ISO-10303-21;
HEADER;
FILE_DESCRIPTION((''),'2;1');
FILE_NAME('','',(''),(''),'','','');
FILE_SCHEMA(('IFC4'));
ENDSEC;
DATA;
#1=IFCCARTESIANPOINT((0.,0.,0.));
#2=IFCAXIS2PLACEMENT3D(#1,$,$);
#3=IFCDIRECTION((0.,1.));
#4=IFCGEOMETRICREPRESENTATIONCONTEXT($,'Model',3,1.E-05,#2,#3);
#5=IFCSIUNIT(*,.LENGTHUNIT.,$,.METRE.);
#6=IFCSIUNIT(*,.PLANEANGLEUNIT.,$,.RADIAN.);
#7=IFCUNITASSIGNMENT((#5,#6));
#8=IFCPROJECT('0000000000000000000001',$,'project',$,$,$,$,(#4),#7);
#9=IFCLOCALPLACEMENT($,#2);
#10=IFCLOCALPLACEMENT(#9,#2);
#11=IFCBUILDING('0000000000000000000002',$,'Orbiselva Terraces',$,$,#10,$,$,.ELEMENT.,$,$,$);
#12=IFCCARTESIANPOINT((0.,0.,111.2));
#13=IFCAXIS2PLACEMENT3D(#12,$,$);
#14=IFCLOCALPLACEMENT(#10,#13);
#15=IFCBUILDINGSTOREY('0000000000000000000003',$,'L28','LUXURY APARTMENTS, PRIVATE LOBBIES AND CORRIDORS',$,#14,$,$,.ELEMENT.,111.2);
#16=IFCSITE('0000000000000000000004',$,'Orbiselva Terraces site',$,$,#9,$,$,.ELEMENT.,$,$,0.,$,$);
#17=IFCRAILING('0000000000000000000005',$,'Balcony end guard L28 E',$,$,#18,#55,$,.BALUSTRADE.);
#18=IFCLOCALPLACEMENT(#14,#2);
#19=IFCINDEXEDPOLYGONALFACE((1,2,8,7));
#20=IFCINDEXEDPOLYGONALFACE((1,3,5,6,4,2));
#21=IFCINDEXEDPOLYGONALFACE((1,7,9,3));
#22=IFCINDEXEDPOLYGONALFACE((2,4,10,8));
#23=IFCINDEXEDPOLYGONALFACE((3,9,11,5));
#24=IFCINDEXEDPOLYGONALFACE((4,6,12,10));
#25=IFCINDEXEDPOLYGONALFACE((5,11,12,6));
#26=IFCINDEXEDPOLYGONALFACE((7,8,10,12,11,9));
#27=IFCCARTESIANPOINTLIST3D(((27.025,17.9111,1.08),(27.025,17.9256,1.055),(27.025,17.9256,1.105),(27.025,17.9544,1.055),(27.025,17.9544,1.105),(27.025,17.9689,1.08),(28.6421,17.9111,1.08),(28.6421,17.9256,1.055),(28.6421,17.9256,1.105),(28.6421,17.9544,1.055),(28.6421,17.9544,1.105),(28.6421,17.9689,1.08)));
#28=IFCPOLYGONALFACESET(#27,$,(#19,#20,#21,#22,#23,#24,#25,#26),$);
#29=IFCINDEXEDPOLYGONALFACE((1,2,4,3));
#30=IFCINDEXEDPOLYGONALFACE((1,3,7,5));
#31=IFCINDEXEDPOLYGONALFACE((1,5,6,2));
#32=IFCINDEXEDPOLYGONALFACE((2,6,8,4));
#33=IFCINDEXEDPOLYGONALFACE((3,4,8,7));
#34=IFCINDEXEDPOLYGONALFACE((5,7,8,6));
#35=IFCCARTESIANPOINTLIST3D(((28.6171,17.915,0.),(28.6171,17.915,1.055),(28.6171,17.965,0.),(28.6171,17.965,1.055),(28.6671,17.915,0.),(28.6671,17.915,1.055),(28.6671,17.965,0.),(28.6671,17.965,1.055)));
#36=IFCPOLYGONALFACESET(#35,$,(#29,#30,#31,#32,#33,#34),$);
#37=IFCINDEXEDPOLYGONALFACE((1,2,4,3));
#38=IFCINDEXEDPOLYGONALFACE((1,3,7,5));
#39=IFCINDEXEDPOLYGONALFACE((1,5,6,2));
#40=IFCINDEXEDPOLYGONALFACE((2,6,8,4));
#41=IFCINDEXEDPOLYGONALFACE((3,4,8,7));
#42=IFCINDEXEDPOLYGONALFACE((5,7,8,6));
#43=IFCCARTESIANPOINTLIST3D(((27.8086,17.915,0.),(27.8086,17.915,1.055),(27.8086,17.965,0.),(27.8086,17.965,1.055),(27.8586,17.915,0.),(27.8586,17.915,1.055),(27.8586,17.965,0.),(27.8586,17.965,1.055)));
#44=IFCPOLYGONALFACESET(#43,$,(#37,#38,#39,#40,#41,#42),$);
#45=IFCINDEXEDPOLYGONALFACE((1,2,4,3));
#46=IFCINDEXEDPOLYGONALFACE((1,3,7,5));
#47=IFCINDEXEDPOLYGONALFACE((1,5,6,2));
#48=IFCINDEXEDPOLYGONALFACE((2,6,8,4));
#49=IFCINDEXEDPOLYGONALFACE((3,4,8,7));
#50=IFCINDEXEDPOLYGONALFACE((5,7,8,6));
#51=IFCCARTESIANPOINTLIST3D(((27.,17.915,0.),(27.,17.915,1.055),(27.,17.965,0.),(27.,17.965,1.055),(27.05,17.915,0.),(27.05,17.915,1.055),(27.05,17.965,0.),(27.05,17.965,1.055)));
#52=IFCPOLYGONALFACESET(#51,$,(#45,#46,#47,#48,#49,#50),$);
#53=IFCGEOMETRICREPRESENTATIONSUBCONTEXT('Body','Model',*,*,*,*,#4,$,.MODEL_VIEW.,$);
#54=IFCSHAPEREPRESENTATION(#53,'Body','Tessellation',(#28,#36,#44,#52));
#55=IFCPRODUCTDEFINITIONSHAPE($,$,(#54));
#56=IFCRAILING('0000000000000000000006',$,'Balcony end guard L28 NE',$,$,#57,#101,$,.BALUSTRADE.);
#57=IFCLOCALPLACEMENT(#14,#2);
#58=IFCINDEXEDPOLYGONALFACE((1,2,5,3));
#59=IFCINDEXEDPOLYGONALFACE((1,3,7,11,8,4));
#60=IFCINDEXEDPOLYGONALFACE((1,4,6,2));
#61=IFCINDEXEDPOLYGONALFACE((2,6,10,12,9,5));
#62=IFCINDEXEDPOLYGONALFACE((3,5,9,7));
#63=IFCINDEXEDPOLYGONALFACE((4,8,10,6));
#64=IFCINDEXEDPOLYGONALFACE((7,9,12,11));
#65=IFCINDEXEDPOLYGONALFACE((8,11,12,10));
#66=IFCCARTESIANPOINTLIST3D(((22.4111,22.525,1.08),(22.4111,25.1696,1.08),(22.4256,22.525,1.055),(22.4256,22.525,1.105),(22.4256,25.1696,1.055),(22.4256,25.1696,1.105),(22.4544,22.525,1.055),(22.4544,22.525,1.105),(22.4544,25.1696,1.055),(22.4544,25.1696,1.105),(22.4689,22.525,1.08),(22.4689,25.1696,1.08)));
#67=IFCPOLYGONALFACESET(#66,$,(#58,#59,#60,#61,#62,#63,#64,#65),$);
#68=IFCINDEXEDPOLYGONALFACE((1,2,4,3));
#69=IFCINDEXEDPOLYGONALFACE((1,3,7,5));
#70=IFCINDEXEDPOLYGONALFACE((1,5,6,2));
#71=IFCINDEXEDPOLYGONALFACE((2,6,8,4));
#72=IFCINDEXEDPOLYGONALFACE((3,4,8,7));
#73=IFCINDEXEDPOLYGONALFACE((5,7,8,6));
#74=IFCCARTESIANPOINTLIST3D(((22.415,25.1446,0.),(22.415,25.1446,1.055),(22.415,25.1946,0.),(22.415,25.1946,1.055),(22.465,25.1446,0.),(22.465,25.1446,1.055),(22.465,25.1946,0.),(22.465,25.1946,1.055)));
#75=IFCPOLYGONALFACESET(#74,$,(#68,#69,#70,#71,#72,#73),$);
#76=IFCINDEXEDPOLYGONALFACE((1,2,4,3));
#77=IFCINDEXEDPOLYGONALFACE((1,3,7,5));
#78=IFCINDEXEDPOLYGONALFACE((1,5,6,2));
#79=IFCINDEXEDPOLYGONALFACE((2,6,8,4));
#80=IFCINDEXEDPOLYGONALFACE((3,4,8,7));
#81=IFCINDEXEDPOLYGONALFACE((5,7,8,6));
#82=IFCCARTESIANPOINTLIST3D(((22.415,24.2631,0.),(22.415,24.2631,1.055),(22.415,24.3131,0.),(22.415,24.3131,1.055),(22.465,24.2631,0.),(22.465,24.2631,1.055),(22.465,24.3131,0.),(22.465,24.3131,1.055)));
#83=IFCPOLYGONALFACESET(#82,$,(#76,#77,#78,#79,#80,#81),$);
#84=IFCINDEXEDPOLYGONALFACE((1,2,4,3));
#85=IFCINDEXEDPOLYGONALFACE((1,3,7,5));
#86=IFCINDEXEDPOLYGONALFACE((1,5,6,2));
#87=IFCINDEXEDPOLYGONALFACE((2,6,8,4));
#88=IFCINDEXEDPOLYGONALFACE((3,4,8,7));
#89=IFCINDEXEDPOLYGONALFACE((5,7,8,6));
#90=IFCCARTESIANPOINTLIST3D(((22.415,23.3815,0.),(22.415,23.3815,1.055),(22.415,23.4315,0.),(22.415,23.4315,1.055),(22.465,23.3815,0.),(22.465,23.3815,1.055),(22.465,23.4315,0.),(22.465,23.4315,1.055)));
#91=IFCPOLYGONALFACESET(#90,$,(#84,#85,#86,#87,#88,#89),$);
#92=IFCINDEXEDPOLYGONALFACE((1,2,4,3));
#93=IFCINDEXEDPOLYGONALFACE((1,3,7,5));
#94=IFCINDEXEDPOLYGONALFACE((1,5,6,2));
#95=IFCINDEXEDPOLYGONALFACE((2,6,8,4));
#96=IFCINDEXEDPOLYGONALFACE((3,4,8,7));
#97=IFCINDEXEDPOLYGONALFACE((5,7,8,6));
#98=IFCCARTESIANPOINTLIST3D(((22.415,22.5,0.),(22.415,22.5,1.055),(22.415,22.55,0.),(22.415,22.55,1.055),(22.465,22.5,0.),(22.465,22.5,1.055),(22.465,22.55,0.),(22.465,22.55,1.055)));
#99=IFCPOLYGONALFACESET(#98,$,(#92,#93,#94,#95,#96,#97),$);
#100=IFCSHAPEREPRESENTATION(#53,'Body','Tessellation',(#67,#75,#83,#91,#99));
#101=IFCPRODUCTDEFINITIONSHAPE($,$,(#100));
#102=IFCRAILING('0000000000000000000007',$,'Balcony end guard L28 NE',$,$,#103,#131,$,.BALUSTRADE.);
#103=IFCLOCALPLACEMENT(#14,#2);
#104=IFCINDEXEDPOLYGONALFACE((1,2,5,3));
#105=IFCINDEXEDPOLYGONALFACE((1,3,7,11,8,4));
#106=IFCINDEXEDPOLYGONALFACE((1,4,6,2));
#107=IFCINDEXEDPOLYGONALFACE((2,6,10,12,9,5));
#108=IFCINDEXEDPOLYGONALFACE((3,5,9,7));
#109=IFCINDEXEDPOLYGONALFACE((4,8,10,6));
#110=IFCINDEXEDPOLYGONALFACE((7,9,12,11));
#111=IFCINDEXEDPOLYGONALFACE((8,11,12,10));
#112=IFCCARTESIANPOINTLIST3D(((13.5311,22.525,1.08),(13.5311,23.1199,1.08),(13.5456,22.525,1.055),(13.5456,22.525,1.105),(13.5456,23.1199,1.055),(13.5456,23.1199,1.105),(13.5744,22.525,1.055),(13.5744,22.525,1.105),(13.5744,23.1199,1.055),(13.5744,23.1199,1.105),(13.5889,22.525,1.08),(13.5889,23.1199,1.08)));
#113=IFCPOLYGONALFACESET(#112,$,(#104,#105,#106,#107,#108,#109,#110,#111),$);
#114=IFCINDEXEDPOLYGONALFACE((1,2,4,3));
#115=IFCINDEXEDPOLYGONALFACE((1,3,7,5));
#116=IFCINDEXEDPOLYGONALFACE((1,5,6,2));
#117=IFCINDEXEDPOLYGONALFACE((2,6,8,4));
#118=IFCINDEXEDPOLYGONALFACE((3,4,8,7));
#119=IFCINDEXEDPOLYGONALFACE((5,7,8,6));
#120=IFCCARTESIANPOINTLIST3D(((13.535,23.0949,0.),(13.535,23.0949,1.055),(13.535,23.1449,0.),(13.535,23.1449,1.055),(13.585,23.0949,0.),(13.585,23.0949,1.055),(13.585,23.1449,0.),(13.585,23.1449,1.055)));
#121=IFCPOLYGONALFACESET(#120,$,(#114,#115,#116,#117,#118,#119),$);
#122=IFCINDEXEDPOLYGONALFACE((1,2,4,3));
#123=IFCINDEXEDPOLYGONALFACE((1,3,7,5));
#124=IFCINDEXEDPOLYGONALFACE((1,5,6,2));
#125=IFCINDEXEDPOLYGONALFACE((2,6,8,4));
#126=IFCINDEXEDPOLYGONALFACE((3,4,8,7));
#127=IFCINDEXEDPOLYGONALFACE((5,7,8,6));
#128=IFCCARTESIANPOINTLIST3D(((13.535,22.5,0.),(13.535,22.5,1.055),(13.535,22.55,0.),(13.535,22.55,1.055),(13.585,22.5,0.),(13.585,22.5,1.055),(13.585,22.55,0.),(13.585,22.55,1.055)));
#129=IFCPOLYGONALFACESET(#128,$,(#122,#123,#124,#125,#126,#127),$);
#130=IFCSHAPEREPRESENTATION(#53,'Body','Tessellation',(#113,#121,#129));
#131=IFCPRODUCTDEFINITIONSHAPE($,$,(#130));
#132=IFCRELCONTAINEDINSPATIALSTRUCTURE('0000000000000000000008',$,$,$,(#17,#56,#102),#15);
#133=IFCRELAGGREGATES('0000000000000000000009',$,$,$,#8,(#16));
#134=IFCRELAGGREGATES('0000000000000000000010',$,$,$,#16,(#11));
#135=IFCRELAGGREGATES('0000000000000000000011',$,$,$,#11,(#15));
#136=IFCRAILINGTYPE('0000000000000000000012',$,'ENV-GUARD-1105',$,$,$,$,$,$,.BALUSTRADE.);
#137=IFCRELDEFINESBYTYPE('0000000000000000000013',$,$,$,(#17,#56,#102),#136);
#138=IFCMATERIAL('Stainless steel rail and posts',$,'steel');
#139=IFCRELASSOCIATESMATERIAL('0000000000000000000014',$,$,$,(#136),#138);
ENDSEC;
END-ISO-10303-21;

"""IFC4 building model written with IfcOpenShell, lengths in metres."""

from ifc_helpers import new_model, si_unit, direction, frame, origin, origin_2d, place, context, subcontext, project, spatial, polyline, rectangle, outline, extrude, material, type_object, element, save


model = new_model("IFC4")

# Units and contexts
model_context = context("Model", 3, precision=1e-05, world=origin(), true_north=direction((0.0, 1.0)))
body_context = subcontext(model_context, "Body", "Model", "MODEL_VIEW")
ifc_project = project(units=[si_unit("LENGTHUNIT", "METRE"), si_unit("PLANEANGLEUNIT", "RADIAN")], contexts=[model_context])

# Site, building, storey
site_placement = place(None, origin())
site = spatial("IfcSite", under=ifc_project, at=site_placement, Name="Orbiselva Terraces site", CompositionType="ELEMENT", RefElevation=0.0)
building_placement = place(site_placement, origin())
building = spatial("IfcBuilding", under=site, at=building_placement, Name="Orbiselva Terraces", CompositionType="ELEMENT")
storey_placement = place(building_placement, frame((0.0, 0.0, 111.2)))
storey = spatial("IfcBuildingStorey", under=building, at=storey_placement, Name="L28", Description="LUXURY APARTMENTS, PRIVATE LOBBIES AND CORRIDORS", CompositionType="ELEMENT", Elevation=111.2)

# Railings
ifc_material_1 = material(Name="Stainless steel rail and posts", Category="steel")
railing_type_1 = type_object("IfcRailingType", Name="ENV-GUARD-1105", PredefinedType="BALUSTRADE", material=ifc_material_1)
railing_1_placement = place(storey_placement, frame((28.6421, 17.94, 0.0)))
element("IfcRailing", 1, at=railing_1_placement, inside=storey, type_object=railing_type_1, Name="Balcony end guard L28 E", PredefinedType="BALUSTRADE", context=body_context, shape_type="SweptSolid", body=[
    extrude(outline(polyline([(0.0289, 0.0), (0.0144, 0.025), (-0.0144, 0.025), (-0.0289, 0.0), (-0.0144, -0.025), (0.0144, -0.025), (0.0289, 0.0)])), frame((0.0, 0.0, 1.08), z_axis=(-1.0, 0.0, 0.0), x_axis=(0.0, -1.0, 0.0)), (0.0, 0.0, 1.0), 1.6171),
    extrude(rectangle(XDim=0.05, YDim=0.05, at=origin_2d()), origin(), (0.0, 0.0, 1.0), 1.055),
    extrude(rectangle(XDim=0.05, YDim=0.05, at=origin_2d()), frame((-0.8086, 0.0, 0.0)), (0.0, 0.0, 1.0), 1.055),
    extrude(rectangle(XDim=0.05, YDim=0.05, at=origin_2d()), frame((-1.6171, 0.0, 0.0)), (0.0, 0.0, 1.0), 1.055),
])
railing_2_placement = place(storey_placement, frame((22.44, 25.1696, 0.0)))
element("IfcRailing", 2, at=railing_2_placement, inside=storey, type_object=railing_type_1, Name="Balcony end guard L28 NE", PredefinedType="BALUSTRADE", context=body_context, shape_type="SweptSolid", body=[
    extrude(outline(polyline([(0.0289, 0.0), (0.0144, 0.025), (-0.0144, 0.025), (-0.0289, 0.0), (-0.0144, -0.025), (0.0144, -0.025), (0.0289, 0.0)])), frame((0.0, 0.0, 1.08), z_axis=(0.0, -1.0, 0.0), x_axis=(1.0, 0.0, 0.0)), (0.0, 0.0, 1.0), 2.6446),
    extrude(rectangle(XDim=0.05, YDim=0.05, at=origin_2d()), origin(), (0.0, 0.0, 1.0), 1.055),
    extrude(rectangle(XDim=0.05, YDim=0.05, at=origin_2d()), frame((0.0, -0.8815, 0.0)), (0.0, 0.0, 1.0), 1.055),
    extrude(rectangle(XDim=0.05, YDim=0.05, at=origin_2d()), frame((0.0, -1.7631, 0.0)), (0.0, 0.0, 1.0), 1.055),
    extrude(rectangle(XDim=0.05, YDim=0.05, at=origin_2d()), frame((0.0, -2.6446, 0.0)), (0.0, 0.0, 1.0), 1.055),
])
railing_3_placement = place(storey_placement, frame((13.56, 23.1199, 0.0)))
element("IfcRailing", 3, at=railing_3_placement, inside=storey, type_object=railing_type_1, Name="Balcony end guard L28 NE", PredefinedType="BALUSTRADE", context=body_context, shape_type="SweptSolid", body=[
    extrude(outline(polyline([(0.0289, 0.0), (0.0144, 0.025), (-0.0144, 0.025), (-0.0289, 0.0), (-0.0144, -0.025), (0.0144, -0.025), (0.0289, 0.0)])), frame((0.0, 0.0, 1.08), z_axis=(0.0, -1.0, 0.0), x_axis=(1.0, 0.0, 0.0)), (0.0, 0.0, 1.0), 0.5949),
    extrude(rectangle(XDim=0.05, YDim=0.05, at=origin_2d()), origin(), (0.0, 0.0, 1.0), 1.055),
    extrude(rectangle(XDim=0.05, YDim=0.05, at=origin_2d()), frame((0.0, -0.5949, 0.0)), (0.0, 0.0, 1.0), 1.055),
])

save(model, "model.ifc")
